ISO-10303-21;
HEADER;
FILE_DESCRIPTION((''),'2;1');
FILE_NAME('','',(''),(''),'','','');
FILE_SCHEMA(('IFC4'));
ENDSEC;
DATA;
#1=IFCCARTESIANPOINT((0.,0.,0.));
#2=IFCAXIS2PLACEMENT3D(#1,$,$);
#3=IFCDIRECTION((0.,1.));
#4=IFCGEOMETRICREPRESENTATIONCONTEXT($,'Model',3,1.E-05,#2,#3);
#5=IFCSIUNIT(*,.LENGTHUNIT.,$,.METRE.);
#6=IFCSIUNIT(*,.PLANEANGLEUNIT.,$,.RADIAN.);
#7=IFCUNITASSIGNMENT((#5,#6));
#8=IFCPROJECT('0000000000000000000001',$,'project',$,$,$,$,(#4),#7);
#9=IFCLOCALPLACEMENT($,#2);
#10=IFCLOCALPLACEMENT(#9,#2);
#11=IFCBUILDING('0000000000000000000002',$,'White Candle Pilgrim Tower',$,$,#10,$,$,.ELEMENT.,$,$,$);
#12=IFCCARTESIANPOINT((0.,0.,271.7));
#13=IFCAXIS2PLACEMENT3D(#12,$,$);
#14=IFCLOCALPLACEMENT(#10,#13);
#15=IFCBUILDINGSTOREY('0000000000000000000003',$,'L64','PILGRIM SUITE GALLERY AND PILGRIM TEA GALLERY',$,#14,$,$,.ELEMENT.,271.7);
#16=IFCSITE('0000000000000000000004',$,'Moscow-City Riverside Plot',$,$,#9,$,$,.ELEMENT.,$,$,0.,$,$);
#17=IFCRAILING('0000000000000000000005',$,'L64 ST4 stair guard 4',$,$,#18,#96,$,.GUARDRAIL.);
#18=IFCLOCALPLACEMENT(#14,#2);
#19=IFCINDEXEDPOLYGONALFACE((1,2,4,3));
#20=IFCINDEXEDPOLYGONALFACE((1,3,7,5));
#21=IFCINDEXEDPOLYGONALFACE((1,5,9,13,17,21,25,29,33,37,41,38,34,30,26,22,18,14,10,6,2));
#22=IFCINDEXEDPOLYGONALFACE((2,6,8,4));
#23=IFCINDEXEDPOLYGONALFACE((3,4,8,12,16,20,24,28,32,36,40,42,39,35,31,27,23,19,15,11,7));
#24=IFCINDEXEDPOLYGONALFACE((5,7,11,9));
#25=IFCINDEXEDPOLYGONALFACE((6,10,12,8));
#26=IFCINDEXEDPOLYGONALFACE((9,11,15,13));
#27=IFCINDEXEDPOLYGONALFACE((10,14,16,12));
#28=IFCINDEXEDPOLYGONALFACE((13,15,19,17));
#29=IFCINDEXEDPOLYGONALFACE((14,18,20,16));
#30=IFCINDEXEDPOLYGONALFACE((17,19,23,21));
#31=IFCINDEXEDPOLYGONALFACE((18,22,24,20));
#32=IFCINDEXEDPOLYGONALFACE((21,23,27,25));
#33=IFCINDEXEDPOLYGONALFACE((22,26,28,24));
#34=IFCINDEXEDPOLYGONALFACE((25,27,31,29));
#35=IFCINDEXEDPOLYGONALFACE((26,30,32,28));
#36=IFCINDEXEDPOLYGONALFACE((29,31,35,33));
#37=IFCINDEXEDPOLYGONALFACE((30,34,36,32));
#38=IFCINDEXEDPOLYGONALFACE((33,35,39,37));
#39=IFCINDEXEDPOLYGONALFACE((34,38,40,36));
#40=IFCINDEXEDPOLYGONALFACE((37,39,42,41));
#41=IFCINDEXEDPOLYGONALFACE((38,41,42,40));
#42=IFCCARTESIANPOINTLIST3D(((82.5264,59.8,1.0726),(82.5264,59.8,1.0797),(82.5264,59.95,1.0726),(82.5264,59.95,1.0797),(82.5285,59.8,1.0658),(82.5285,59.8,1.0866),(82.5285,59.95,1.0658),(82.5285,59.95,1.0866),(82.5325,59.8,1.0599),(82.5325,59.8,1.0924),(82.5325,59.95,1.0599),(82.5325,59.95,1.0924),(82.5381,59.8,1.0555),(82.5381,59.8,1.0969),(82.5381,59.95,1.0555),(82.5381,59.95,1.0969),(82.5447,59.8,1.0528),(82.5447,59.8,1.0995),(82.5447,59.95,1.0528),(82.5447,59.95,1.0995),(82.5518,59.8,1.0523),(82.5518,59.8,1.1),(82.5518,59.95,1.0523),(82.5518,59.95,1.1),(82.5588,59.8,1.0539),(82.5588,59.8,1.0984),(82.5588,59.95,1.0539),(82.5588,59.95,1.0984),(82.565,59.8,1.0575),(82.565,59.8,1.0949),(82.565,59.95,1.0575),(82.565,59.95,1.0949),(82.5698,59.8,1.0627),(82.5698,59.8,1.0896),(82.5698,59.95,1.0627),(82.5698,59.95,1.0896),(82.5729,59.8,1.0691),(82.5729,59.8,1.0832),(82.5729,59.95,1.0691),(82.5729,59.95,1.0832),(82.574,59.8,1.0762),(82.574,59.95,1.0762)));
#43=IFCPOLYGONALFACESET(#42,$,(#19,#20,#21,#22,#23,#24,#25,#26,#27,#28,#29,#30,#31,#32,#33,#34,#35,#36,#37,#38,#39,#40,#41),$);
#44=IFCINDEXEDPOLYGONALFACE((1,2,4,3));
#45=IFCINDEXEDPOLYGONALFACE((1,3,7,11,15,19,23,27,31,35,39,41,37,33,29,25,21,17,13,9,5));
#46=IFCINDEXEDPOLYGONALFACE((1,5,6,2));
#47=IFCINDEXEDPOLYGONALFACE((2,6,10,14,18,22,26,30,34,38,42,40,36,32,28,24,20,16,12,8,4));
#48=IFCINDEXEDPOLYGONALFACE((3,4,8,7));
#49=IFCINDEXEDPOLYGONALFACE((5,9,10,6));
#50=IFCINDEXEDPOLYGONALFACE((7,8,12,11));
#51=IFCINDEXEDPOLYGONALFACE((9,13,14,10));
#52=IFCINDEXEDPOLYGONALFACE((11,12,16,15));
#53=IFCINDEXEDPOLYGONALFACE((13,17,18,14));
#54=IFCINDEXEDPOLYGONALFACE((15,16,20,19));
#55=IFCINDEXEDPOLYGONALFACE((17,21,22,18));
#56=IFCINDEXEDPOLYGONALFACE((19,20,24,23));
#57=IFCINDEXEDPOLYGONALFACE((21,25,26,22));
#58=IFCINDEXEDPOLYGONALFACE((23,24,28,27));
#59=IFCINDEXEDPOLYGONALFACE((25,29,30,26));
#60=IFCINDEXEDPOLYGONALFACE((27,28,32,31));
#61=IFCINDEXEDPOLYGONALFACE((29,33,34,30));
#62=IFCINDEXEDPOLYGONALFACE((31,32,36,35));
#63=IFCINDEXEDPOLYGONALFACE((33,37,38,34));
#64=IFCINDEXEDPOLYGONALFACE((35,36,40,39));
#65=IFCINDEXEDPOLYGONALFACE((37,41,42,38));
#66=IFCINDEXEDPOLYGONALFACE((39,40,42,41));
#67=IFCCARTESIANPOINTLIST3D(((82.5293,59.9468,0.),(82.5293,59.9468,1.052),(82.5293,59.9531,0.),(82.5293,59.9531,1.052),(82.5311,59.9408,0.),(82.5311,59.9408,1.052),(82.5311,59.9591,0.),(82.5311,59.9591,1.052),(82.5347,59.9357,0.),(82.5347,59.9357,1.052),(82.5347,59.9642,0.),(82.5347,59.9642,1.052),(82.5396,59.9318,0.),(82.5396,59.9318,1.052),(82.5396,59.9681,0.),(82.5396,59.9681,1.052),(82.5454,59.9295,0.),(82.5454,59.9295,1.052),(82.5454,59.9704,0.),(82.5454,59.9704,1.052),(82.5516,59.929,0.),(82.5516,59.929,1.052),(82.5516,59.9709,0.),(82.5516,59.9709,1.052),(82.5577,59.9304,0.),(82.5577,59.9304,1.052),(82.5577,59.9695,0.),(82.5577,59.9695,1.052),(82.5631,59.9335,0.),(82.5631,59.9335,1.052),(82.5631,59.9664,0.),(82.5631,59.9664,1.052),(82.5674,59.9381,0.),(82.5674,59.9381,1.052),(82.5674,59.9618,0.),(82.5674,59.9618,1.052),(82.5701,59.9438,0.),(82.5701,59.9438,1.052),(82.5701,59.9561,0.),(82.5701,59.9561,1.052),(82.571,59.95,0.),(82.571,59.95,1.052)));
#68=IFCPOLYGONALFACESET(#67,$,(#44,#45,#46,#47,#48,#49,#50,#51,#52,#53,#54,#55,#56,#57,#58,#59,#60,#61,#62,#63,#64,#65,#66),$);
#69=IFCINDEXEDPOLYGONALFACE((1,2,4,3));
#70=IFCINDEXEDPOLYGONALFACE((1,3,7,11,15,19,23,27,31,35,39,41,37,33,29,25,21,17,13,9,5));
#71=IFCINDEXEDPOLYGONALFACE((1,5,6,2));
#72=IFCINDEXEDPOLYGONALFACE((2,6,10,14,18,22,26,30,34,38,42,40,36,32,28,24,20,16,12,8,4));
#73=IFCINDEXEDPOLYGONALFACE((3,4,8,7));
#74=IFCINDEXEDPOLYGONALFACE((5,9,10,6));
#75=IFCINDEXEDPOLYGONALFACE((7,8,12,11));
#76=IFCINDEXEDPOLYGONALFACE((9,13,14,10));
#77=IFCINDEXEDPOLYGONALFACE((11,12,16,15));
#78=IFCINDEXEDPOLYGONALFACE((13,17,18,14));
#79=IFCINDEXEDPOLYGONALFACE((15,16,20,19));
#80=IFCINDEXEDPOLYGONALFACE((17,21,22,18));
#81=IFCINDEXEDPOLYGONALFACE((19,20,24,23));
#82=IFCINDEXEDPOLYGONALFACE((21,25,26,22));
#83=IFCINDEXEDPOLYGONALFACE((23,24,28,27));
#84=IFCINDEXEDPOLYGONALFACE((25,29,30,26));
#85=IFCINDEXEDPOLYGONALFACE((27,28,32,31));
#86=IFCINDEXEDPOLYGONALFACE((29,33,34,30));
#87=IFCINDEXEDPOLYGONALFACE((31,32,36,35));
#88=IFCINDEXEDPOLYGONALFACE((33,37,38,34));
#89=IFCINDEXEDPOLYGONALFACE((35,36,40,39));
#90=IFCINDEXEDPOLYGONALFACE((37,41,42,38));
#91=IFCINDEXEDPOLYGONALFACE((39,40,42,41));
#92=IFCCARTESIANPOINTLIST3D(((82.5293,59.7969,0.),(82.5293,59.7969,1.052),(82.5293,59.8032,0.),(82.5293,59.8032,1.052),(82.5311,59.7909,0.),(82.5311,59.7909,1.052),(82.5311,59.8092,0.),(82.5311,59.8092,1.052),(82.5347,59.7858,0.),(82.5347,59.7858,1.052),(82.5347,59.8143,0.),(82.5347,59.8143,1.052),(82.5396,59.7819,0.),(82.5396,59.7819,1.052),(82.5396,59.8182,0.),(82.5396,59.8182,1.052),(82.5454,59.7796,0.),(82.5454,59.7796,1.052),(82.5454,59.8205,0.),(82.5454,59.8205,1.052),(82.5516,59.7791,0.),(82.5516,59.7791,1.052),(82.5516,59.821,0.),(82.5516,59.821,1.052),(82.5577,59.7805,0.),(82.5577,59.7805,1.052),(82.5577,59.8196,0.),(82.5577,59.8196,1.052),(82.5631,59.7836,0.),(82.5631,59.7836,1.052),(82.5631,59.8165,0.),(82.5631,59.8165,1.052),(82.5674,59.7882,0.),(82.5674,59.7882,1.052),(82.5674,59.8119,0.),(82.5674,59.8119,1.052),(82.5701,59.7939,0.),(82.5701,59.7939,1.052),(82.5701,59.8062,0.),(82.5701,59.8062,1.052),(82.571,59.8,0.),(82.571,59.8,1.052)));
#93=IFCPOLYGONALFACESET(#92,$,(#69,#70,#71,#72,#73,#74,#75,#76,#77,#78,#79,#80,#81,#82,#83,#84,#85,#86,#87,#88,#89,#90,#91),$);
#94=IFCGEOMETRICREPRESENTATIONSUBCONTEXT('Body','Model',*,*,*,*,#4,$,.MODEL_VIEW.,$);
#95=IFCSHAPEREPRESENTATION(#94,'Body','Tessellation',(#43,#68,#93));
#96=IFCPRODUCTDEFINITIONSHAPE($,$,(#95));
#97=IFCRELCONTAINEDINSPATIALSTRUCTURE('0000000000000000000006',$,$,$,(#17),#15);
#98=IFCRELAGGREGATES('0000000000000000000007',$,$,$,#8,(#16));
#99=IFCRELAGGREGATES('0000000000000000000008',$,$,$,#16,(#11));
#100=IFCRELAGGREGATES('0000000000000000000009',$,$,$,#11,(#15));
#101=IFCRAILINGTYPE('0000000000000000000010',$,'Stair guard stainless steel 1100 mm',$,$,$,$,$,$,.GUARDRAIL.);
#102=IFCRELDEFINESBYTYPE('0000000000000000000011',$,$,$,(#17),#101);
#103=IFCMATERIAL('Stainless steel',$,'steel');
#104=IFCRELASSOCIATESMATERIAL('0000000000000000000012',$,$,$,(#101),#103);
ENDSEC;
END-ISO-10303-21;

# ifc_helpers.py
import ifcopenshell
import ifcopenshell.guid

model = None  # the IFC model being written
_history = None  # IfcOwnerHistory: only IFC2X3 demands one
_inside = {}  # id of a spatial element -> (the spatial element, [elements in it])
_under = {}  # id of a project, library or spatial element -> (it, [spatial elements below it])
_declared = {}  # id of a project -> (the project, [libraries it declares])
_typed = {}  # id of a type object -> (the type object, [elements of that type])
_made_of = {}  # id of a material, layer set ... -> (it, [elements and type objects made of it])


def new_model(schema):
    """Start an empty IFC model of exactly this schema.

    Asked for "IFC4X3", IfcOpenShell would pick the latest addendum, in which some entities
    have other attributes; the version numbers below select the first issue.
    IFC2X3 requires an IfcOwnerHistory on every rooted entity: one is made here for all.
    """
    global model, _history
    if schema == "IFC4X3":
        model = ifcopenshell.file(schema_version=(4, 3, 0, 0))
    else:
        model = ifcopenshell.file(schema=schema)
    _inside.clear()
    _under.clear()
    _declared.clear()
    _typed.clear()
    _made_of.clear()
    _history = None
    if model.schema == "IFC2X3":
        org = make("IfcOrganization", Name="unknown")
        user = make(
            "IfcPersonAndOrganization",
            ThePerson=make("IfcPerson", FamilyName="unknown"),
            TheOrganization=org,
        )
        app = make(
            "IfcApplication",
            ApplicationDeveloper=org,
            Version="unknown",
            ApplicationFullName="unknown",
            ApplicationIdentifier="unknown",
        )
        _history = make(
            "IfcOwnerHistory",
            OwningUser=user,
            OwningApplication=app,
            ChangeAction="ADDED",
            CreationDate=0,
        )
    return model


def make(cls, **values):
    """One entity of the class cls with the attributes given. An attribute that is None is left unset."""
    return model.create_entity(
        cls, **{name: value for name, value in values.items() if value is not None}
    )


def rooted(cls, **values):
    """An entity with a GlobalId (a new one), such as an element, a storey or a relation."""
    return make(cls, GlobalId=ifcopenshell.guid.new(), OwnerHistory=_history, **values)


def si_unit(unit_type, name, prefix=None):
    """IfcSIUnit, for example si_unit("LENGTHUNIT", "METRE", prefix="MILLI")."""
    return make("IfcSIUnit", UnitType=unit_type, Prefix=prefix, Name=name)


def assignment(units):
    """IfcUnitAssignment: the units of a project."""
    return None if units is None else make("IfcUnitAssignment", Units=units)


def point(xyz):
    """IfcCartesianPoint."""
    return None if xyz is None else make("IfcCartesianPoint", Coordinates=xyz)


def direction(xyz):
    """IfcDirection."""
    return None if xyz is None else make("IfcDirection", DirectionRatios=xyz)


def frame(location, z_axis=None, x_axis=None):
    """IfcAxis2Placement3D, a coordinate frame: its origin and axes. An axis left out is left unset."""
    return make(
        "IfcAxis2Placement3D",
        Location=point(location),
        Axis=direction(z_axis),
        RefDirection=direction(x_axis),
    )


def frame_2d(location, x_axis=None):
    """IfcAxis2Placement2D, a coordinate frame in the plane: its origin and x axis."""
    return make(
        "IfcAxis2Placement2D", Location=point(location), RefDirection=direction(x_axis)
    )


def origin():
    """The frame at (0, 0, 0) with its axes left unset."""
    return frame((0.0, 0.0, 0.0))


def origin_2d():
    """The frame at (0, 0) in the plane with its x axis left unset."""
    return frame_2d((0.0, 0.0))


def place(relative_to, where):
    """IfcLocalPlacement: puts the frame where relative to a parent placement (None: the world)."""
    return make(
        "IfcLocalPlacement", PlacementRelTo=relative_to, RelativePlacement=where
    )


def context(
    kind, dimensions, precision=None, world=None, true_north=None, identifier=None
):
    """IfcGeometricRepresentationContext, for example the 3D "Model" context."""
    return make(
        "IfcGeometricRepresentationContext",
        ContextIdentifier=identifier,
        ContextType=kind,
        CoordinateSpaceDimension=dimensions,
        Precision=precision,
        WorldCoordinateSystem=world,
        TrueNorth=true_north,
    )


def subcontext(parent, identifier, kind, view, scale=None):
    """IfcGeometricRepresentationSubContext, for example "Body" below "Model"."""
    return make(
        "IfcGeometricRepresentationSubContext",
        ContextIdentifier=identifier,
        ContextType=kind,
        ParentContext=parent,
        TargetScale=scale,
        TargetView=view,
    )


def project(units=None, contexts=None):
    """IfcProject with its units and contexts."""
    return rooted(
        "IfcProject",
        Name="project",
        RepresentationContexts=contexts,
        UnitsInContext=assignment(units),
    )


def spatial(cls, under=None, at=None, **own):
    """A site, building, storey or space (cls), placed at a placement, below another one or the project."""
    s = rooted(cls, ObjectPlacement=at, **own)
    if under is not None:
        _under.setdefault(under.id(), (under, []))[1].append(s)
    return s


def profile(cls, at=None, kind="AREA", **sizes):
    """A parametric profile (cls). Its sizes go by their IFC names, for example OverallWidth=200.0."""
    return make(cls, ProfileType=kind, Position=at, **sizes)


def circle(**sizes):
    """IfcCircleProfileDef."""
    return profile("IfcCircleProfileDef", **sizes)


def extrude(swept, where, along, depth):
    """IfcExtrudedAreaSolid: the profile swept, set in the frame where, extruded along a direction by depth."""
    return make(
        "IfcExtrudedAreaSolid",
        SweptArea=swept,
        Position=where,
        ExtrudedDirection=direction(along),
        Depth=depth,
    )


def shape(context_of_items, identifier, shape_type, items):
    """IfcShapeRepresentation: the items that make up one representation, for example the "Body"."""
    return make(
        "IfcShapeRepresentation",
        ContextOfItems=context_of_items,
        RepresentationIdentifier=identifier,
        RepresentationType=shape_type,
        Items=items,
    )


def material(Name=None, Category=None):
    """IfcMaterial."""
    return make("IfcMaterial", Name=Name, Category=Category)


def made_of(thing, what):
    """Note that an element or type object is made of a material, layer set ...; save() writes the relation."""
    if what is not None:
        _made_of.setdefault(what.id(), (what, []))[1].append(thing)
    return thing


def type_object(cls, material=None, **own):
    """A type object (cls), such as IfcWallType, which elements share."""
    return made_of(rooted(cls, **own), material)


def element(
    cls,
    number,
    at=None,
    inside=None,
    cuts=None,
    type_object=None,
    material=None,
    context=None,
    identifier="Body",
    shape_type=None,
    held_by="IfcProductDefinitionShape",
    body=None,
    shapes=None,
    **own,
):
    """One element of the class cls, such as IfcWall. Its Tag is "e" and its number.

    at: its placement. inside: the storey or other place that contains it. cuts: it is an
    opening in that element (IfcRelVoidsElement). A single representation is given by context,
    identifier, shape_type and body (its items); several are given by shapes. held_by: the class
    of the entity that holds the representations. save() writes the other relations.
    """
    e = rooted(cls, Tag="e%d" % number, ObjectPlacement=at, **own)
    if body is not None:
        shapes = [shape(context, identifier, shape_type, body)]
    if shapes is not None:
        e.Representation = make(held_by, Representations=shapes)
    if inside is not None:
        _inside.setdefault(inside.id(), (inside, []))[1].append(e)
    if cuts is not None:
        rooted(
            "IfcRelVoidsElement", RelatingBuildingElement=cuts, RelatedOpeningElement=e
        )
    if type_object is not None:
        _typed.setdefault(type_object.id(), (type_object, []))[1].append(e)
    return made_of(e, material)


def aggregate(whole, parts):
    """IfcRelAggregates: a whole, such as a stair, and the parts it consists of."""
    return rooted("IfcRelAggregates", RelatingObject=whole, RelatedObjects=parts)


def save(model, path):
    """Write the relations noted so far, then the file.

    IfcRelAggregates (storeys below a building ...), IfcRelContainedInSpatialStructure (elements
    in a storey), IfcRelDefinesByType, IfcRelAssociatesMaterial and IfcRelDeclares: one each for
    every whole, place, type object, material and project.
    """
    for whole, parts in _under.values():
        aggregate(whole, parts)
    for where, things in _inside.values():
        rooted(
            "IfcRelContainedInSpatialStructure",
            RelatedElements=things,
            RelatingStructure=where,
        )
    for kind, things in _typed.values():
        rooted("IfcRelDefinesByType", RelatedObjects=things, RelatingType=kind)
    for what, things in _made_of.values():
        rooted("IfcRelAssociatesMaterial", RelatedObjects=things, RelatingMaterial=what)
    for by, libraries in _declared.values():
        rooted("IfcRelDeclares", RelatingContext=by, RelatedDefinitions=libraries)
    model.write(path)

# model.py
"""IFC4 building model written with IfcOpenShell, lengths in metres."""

from ifc_helpers import new_model, si_unit, direction, frame, origin, origin_2d, place, context, subcontext, project, spatial, circle, extrude, material, type_object, element, save


model = new_model("IFC4")

# Units and contexts
model_context = context("Model", 3, precision=1e-05, world=origin(), true_north=direction((0.0, 1.0)))
body_context = subcontext(model_context, "Body", "Model", "MODEL_VIEW")
ifc_project = project(units=[si_unit("LENGTHUNIT", "METRE"), si_unit("PLANEANGLEUNIT", "RADIAN")], contexts=[model_context])

# Site, building, storey
site_placement = place(None, origin())
site = spatial("IfcSite", under=ifc_project, at=site_placement, Name="Moscow-City Riverside Plot", CompositionType="ELEMENT", RefElevation=0.0)
building_placement = place(site_placement, origin())
building = spatial("IfcBuilding", under=site, at=building_placement, Name="White Candle Pilgrim Tower", CompositionType="ELEMENT")
storey_placement = place(building_placement, frame((0.0, 0.0, 271.7)))
storey = spatial("IfcBuildingStorey", under=building, at=storey_placement, Name="L64", Description="PILGRIM SUITE GALLERY AND PILGRIM TEA GALLERY", CompositionType="ELEMENT", Elevation=271.7)

# Railing
ifc_material_1 = material(Name="Stainless steel", Category="steel")
railing_type = type_object("IfcRailingType", Name="Stair guard stainless steel 1100 mm", PredefinedType="GUARDRAIL", material=ifc_material_1)
railing_1_placement = place(storey_placement, frame((82.55, 59.95, 0.0)))
element("IfcRailing", 1, at=railing_1_placement, inside=storey, type_object=railing_type, Name="L64 ST4 stair guard 4", PredefinedType="GUARDRAIL", context=body_context, shape_type="SweptSolid", body=[
    extrude(circle(Radius=0.0239, at=origin_2d()), frame((0.0, 0.0, 1.0762), z_axis=(0.0, -1.0, 0.0), x_axis=(1.0, 0.0, 0.0)), (0.0, 0.0, 1.0), 0.1499),
    extrude(circle(Radius=0.021, at=origin_2d()), origin(), (0.0, 0.0, 1.0), 1.052),
    extrude(circle(Radius=0.021, at=origin_2d()), frame((0.0, -0.1499, 0.0)), (0.0, 0.0, 1.0), 1.052),
])

save(model, "model.ifc")
